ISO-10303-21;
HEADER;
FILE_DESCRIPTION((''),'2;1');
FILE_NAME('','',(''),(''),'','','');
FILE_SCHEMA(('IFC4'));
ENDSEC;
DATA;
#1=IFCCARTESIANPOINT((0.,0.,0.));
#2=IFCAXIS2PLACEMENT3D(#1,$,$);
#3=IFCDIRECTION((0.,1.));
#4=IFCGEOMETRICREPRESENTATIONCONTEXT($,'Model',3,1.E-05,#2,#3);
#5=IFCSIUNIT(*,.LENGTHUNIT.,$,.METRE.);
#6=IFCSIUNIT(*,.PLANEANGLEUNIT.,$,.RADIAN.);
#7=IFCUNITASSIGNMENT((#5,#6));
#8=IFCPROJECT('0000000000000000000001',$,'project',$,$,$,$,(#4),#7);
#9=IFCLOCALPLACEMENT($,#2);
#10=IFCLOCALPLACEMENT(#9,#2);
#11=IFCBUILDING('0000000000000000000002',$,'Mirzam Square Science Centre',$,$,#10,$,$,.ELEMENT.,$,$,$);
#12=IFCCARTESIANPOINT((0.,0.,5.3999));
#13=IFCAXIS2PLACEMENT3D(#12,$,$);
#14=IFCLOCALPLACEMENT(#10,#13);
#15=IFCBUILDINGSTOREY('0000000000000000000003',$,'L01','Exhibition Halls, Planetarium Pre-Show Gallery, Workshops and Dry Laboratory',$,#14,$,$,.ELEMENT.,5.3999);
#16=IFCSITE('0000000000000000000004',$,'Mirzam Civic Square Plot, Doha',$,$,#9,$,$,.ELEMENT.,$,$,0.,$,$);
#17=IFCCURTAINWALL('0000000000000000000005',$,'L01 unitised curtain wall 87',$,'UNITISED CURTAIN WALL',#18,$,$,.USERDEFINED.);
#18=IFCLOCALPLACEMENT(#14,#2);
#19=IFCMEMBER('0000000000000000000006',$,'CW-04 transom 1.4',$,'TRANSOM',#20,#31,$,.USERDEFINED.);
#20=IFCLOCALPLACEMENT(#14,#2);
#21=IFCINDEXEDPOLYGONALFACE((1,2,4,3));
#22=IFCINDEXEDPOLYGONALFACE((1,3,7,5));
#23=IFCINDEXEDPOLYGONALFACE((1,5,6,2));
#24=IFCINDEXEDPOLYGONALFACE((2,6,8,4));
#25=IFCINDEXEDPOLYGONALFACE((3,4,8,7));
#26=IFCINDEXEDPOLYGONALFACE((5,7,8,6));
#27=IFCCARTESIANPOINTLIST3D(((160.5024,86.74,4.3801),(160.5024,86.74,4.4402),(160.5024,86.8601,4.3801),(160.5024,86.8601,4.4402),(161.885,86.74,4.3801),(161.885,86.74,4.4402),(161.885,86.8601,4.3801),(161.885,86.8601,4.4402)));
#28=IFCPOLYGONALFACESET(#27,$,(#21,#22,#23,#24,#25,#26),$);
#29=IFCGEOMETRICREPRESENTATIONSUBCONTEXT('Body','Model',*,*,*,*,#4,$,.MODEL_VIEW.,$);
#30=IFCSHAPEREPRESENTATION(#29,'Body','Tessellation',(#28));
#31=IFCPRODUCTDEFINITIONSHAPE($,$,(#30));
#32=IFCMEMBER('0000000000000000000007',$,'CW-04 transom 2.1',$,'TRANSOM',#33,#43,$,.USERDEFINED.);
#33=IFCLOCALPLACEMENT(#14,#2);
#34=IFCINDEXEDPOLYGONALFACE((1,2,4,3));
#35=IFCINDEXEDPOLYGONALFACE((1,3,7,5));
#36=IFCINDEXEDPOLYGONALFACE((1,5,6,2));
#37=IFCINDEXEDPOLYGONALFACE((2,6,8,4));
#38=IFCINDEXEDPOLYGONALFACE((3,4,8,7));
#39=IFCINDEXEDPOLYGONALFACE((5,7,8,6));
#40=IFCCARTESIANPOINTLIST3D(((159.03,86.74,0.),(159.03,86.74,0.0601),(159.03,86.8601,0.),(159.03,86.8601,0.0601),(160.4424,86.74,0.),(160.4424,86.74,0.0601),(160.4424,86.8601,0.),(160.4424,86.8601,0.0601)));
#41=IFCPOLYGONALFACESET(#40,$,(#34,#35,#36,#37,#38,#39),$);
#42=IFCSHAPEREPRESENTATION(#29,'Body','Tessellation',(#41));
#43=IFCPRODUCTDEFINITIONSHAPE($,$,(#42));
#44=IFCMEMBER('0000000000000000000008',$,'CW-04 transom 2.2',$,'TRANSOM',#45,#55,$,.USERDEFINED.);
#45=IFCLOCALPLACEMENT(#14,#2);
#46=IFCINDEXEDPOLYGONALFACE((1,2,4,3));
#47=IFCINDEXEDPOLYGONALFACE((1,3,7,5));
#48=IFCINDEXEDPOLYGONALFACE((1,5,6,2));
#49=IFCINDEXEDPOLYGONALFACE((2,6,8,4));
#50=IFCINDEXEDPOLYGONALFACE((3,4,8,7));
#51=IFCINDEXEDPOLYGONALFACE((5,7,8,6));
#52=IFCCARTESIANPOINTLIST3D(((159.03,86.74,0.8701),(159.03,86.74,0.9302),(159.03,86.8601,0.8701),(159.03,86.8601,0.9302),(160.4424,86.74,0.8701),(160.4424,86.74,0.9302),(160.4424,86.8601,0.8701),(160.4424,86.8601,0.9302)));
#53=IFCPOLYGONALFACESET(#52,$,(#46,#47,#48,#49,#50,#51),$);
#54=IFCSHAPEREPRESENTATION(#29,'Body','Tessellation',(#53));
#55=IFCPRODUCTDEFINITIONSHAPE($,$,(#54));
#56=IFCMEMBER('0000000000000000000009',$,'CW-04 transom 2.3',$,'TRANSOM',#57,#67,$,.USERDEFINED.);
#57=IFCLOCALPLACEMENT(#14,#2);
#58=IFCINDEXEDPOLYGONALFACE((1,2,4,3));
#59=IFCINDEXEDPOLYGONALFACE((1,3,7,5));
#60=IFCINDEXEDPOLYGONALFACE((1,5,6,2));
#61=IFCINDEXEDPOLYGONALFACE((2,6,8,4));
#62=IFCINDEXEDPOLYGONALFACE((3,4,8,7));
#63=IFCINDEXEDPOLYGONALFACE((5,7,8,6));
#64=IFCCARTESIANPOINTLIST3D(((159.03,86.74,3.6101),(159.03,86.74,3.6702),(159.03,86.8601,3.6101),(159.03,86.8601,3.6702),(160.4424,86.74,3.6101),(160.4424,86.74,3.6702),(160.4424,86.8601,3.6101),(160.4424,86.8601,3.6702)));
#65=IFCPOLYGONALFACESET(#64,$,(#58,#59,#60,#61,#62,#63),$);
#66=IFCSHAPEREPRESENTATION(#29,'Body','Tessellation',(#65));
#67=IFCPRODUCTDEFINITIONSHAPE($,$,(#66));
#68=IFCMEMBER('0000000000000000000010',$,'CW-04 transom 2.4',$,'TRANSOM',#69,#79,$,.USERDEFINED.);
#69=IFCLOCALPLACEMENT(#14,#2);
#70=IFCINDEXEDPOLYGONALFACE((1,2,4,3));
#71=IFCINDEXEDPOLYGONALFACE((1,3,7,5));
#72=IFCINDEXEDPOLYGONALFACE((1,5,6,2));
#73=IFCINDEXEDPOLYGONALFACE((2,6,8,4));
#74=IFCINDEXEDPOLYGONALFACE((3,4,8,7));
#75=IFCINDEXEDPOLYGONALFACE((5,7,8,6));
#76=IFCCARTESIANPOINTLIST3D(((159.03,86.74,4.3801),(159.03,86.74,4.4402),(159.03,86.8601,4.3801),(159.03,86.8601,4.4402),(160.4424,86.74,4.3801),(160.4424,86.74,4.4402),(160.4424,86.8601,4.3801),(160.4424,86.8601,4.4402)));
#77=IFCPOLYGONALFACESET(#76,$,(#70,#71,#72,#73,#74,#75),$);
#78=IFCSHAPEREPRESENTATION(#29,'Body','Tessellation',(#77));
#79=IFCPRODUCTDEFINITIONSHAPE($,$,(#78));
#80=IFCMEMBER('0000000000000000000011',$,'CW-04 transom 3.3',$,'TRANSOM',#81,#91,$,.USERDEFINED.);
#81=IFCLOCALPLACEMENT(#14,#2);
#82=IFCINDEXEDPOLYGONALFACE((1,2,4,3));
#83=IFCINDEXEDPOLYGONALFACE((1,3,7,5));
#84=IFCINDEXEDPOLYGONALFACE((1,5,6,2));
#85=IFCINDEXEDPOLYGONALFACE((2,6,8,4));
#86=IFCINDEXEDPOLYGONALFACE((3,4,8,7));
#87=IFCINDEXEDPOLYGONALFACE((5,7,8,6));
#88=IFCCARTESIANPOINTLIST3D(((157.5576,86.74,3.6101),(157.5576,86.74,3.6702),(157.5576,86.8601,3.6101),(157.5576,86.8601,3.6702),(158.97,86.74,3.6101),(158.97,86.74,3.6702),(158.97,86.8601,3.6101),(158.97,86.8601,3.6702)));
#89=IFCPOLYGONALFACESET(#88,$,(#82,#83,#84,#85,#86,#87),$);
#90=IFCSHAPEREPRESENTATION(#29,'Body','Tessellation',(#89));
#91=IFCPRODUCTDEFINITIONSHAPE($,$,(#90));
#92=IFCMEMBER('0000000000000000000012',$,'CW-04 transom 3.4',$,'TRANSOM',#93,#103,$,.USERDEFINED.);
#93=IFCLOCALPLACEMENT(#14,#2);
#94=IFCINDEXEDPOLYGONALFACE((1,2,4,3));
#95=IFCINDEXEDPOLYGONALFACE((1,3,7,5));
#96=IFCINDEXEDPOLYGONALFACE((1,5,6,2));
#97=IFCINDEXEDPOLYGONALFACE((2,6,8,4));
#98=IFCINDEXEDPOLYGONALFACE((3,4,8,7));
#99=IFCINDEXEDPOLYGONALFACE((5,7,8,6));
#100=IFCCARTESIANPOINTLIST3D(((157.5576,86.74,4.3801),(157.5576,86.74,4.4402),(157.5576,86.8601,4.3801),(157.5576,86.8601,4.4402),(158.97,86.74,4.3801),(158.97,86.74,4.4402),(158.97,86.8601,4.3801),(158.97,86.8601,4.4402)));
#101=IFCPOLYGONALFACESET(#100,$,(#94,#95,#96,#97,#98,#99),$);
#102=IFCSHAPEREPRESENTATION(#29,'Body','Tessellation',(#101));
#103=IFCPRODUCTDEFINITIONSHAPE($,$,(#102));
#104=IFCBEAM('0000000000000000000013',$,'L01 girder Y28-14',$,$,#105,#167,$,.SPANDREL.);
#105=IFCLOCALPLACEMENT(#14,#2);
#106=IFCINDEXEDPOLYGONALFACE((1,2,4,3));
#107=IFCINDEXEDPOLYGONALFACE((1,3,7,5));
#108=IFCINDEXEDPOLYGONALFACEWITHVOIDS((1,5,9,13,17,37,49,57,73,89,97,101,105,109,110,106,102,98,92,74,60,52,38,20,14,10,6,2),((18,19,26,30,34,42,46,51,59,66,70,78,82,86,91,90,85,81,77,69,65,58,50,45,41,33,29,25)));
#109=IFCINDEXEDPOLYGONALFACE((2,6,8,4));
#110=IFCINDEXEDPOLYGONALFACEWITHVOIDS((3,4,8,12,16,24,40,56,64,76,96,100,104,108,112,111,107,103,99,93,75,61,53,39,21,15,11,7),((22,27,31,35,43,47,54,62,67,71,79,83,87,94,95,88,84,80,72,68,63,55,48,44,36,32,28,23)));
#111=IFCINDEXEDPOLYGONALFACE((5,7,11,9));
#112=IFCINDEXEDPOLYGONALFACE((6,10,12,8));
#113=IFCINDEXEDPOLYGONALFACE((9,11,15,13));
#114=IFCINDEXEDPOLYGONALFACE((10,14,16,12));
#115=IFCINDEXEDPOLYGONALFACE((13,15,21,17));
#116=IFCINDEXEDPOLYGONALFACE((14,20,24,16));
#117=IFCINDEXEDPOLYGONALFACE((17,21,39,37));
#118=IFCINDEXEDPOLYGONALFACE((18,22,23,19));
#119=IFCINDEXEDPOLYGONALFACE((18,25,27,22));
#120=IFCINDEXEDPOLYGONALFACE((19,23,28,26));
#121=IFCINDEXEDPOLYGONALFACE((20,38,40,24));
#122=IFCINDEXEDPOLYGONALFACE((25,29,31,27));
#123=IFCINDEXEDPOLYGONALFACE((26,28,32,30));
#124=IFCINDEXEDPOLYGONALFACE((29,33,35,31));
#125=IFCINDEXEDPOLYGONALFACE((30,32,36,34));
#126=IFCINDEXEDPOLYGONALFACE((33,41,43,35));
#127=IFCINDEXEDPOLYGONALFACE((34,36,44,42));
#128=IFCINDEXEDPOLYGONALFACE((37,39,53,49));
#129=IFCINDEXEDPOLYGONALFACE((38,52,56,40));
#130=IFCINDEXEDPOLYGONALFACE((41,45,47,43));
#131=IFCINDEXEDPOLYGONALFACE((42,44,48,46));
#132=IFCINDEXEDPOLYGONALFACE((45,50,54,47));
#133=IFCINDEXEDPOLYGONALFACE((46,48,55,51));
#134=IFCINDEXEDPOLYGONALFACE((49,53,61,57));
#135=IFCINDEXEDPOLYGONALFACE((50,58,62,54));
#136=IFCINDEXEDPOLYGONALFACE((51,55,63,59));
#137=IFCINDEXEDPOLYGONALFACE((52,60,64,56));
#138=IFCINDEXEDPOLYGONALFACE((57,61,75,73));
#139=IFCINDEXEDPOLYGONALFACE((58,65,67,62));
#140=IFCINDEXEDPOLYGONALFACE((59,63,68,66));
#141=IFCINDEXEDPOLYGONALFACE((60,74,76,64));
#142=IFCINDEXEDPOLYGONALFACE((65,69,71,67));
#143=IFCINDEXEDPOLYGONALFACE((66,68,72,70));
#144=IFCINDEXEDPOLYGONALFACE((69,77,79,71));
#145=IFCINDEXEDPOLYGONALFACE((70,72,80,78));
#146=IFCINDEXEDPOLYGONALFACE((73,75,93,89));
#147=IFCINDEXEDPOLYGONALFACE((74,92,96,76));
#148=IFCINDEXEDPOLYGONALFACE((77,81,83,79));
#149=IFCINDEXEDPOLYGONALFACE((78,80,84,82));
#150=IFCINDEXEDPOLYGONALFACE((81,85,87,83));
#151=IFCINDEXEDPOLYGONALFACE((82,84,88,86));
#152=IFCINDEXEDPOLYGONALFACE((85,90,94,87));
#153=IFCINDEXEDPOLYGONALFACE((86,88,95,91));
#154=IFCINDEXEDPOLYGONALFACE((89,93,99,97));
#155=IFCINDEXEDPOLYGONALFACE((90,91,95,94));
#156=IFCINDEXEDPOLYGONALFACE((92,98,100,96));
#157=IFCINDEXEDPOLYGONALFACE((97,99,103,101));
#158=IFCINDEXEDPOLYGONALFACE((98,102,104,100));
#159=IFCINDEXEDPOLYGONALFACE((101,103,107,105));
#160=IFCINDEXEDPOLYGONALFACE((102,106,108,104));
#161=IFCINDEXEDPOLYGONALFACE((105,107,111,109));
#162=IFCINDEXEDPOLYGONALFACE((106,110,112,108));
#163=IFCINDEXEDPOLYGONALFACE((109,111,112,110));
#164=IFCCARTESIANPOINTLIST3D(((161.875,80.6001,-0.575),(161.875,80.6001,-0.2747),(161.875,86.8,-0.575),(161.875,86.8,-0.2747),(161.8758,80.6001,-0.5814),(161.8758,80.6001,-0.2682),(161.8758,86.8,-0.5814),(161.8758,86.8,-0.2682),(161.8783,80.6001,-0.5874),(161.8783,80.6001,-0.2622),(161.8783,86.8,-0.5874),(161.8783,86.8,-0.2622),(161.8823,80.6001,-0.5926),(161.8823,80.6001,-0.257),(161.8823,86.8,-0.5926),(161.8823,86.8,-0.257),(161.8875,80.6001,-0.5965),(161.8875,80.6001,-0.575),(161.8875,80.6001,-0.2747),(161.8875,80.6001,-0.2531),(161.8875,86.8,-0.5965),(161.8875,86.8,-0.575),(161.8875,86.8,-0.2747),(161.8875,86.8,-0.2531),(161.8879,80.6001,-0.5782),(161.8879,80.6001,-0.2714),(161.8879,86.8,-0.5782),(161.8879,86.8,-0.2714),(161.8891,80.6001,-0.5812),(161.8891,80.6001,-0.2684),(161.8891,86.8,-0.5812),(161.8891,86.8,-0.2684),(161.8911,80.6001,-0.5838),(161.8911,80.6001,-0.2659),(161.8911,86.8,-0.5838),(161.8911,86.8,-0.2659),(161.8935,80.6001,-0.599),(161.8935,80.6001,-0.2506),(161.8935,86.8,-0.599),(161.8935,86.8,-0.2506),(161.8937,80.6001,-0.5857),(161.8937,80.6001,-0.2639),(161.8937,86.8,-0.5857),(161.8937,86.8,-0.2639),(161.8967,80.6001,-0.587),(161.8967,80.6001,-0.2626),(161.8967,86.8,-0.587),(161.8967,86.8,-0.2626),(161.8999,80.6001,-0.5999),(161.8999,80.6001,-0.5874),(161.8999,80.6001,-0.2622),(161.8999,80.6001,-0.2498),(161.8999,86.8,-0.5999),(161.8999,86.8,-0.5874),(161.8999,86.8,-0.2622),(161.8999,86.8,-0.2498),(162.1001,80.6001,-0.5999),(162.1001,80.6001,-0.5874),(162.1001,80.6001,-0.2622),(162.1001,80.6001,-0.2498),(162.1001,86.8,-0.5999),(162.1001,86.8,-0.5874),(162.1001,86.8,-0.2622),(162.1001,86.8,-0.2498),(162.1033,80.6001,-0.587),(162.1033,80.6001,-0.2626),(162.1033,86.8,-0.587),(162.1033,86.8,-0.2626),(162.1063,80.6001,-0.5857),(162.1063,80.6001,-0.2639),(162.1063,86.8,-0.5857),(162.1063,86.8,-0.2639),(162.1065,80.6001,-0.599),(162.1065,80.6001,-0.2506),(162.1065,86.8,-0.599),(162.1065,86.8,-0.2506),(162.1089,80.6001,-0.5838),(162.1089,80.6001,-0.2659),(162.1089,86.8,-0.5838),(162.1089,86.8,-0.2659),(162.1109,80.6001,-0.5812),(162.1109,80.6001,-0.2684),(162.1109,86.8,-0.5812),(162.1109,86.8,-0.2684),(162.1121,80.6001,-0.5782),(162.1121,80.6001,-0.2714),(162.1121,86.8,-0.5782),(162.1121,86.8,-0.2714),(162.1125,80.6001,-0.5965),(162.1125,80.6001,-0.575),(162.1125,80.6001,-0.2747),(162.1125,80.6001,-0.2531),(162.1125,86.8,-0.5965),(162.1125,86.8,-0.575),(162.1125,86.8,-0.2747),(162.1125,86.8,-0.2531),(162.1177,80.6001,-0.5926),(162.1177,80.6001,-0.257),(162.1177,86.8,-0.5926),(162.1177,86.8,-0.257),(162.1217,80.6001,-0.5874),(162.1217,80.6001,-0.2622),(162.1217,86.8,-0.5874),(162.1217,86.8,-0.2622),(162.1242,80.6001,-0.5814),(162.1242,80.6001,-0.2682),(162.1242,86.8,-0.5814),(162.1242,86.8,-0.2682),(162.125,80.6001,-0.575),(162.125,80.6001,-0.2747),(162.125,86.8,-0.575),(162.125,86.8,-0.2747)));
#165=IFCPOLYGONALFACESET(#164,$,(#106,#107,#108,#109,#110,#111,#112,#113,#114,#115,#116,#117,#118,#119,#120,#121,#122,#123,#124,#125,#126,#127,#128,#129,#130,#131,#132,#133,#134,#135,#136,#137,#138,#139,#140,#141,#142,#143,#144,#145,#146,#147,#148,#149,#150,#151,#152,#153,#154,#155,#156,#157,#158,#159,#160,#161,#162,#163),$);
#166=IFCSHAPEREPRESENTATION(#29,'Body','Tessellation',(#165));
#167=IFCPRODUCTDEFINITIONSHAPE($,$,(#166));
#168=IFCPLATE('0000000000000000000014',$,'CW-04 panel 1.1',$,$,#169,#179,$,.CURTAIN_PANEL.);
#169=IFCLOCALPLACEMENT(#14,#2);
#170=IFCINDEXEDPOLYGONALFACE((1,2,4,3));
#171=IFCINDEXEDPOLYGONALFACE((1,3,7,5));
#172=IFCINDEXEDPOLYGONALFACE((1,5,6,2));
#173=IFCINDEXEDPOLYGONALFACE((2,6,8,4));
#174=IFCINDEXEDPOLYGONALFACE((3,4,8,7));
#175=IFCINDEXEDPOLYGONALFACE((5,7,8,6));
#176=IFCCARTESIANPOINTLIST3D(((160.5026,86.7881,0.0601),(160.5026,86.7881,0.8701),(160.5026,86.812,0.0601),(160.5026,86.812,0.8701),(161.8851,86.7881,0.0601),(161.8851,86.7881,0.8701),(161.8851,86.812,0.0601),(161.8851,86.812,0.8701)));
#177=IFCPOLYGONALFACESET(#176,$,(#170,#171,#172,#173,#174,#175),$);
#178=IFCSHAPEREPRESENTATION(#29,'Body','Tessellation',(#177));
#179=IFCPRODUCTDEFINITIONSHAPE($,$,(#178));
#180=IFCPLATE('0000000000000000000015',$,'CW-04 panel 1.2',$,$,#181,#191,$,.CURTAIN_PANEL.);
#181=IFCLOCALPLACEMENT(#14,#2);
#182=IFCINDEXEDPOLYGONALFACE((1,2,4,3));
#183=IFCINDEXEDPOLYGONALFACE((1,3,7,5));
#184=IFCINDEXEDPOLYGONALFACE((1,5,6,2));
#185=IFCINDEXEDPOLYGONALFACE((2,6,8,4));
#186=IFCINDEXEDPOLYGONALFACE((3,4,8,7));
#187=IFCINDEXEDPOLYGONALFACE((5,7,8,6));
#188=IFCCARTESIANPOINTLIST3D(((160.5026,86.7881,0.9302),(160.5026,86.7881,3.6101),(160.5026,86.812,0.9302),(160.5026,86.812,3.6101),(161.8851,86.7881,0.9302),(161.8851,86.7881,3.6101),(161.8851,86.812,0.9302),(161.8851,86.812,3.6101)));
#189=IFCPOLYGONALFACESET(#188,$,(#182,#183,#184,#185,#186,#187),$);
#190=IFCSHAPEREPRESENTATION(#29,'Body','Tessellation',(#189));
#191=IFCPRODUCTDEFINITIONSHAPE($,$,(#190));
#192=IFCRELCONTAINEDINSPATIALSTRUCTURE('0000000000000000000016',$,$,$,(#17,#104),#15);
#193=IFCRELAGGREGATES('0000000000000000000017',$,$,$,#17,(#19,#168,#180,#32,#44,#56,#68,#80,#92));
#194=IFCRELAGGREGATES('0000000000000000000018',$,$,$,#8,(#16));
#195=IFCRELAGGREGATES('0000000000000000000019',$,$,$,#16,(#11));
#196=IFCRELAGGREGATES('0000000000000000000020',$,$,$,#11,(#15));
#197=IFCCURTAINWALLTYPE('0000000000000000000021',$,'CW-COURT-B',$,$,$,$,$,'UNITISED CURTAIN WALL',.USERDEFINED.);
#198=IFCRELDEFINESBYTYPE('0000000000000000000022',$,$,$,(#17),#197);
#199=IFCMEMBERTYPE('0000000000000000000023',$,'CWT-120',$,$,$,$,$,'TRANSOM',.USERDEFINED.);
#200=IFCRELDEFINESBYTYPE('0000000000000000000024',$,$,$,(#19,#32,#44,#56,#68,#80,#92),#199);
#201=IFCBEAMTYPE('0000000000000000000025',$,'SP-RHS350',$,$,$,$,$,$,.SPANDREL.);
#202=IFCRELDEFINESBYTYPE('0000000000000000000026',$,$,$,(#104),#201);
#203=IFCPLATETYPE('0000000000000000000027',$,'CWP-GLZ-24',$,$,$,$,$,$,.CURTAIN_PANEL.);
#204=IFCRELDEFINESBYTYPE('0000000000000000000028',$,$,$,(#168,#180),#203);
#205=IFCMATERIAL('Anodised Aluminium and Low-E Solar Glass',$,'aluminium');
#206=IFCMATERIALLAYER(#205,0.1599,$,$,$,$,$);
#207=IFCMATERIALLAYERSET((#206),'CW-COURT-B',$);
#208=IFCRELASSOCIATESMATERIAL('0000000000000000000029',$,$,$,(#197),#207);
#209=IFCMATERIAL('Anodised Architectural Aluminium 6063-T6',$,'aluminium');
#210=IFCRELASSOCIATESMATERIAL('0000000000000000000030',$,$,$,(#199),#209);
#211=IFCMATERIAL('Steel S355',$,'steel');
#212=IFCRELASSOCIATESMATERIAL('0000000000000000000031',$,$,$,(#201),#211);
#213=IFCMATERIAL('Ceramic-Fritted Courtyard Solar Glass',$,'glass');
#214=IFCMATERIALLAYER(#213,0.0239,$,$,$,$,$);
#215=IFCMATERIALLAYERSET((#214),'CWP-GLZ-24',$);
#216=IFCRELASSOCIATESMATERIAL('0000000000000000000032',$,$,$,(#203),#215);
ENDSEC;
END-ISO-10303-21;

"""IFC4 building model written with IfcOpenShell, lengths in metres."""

from ifc_helpers import new_model, si_unit, direction, frame, origin, origin_2d, place, context, subcontext, project, spatial, rectangle, hollow_rectangle, extrude, material, layer, layer_set, material_profile, profile_set, type_object, element, aggregate, save


model = new_model("IFC4")

# Units and contexts
model_context = context("Model", 3, precision=1e-05, world=origin(), true_north=direction((0.0, 1.0)))
body_context = subcontext(model_context, "Body", "Model", "MODEL_VIEW")
ifc_project = project(units=[si_unit("LENGTHUNIT", "METRE"), si_unit("PLANEANGLEUNIT", "RADIAN")], contexts=[model_context])

# Site, building, storey
site_placement = place(None, origin())
site = spatial("IfcSite", under=ifc_project, at=site_placement, Name="Mirzam Civic Square Plot, Doha", CompositionType="ELEMENT", RefElevation=0.0)
building_placement = place(site_placement, origin())
building = spatial("IfcBuilding", under=site, at=building_placement, Name="Mirzam Square Science Centre", CompositionType="ELEMENT")
storey_placement = place(building_placement, frame((0.0, 0.0, 5.3999)))
storey = spatial("IfcBuildingStorey", under=building, at=storey_placement, Name="L01", Description="Exhibition Halls, Planetarium Pre-Show Gallery, Workshops and Dry Laboratory", CompositionType="ELEMENT", Elevation=5.3999)

# Shared definitions
ifc_material_1 = material(Name="Steel S355", Category="steel")

# Curtain wall, members
ifc_material_2 = material(Name="Anodised Aluminium and Low-E Solar Glass", Category="aluminium")
ifc_layer_1 = layer(ifc_material_2, 0.1599)
ifc_layer_set_1 = layer_set([ifc_layer_1], Name="CW-COURT-B")
curtain_wall_type = type_object("IfcCurtainWallType", Name="CW-COURT-B", ElementType="UNITISED CURTAIN WALL", PredefinedType="USERDEFINED", material=ifc_layer_set_1)
curtain_wall_placement = place(storey_placement, origin())
curtain_wall = element("IfcCurtainWall", 1, at=curtain_wall_placement, inside=storey, type_object=curtain_wall_type, Name="L01 unitised curtain wall 87", ObjectType="UNITISED CURTAIN WALL", PredefinedType="USERDEFINED")
ifc_material_3 = material(Name="Anodised Architectural Aluminium 6063-T6", Category="aluminium")
ifc_material_profile_1 = material_profile(ifc_material_3, rectangle(XDim=0.1201, YDim=0.0601, at=origin_2d()), Name="ALU-TRAN-120x60x4")
ifc_profile_set_1 = profile_set([ifc_material_profile_1], Name="Anodised Architectural Aluminium 6063-T6")
member_type_1 = type_object("IfcMemberType", Name="CWT-120", ElementType="TRANSOM", PredefinedType="USERDEFINED", material=ifc_profile_set_1)
member_1_placement = place(storey_placement, frame((161.885, 86.8, 4.4102), z_axis=(-1.0, 0.0, 0.0), x_axis=(0.0, -1.0, 0.0)))
member_1 = element("IfcMember", 2, at=member_1_placement, type_object=member_type_1, Name="CW-04 transom 1.4", ObjectType="TRANSOM", PredefinedType="USERDEFINED", context=body_context, shape_type="SweptSolid", body=[
    extrude(rectangle(XDim=0.1201, YDim=0.0601, at=origin_2d()), origin(), (0.0, 0.0, 1.0), 1.3826),
])
member_2_placement = place(storey_placement, frame((160.4424, 86.8, 0.03), z_axis=(-1.0, 0.0, 0.0), x_axis=(0.0, -1.0, 0.0)))
member_2 = element("IfcMember", 3, at=member_2_placement, type_object=member_type_1, Name="CW-04 transom 2.1", ObjectType="TRANSOM", PredefinedType="USERDEFINED", context=body_context, shape_type="SweptSolid", body=[
    extrude(rectangle(XDim=0.1201, YDim=0.0601, at=origin_2d()), origin(), (0.0, 0.0, 1.0), 1.4124),
])
member_3_placement = place(storey_placement, frame((160.4424, 86.8, 0.9001), z_axis=(-1.0, 0.0, 0.0), x_axis=(0.0, -1.0, 0.0)))
member_3 = element("IfcMember", 4, at=member_3_placement, type_object=member_type_1, Name="CW-04 transom 2.2", ObjectType="TRANSOM", PredefinedType="USERDEFINED", context=body_context, shape_type="SweptSolid", body=[
    extrude(rectangle(XDim=0.1201, YDim=0.0601, at=origin_2d()), origin(), (0.0, 0.0, 1.0), 1.4124),
])
member_4_placement = place(storey_placement, frame((160.4424, 86.8, 3.6401), z_axis=(-1.0, 0.0, 0.0), x_axis=(0.0, -1.0, 0.0)))
member_4 = element("IfcMember", 5, at=member_4_placement, type_object=member_type_1, Name="CW-04 transom 2.3", ObjectType="TRANSOM", PredefinedType="USERDEFINED", context=body_context, shape_type="SweptSolid", body=[
    extrude(rectangle(XDim=0.1201, YDim=0.0601, at=origin_2d()), origin(), (0.0, 0.0, 1.0), 1.4124),
])
member_5_placement = place(storey_placement, frame((160.4424, 86.8, 4.4102), z_axis=(-1.0, 0.0, 0.0), x_axis=(0.0, -1.0, 0.0)))
member_5 = element("IfcMember", 6, at=member_5_placement, type_object=member_type_1, Name="CW-04 transom 2.4", ObjectType="TRANSOM", PredefinedType="USERDEFINED", context=body_context, shape_type="SweptSolid", body=[
    extrude(rectangle(XDim=0.1201, YDim=0.0601, at=origin_2d()), origin(), (0.0, 0.0, 1.0), 1.4124),
])
member_6_placement = place(storey_placement, frame((158.97, 86.8, 3.6401), z_axis=(-1.0, 0.0, 0.0), x_axis=(0.0, -1.0, 0.0)))
member_6 = element("IfcMember", 7, at=member_6_placement, type_object=member_type_1, Name="CW-04 transom 3.3", ObjectType="TRANSOM", PredefinedType="USERDEFINED", context=body_context, shape_type="SweptSolid", body=[
    extrude(rectangle(XDim=0.1201, YDim=0.0601, at=origin_2d()), origin(), (0.0, 0.0, 1.0), 1.4124),
])
member_7_placement = place(storey_placement, frame((158.97, 86.8, 4.4102), z_axis=(-1.0, 0.0, 0.0), x_axis=(0.0, -1.0, 0.0)))
member_7 = element("IfcMember", 8, at=member_7_placement, type_object=member_type_1, Name="CW-04 transom 3.4", ObjectType="TRANSOM", PredefinedType="USERDEFINED", context=body_context, shape_type="SweptSolid", body=[
    extrude(rectangle(XDim=0.1201, YDim=0.0601, at=origin_2d()), origin(), (0.0, 0.0, 1.0), 1.4124),
])

# Beam
ifc_material_profile_2 = material_profile(ifc_material_1, hollow_rectangle(XDim=0.25, YDim=0.3501, WallThickness=0.0125, InnerFilletRadius=0.0125, OuterFilletRadius=0.0249, at=origin_2d()), Name="350x250x12.5RHS")
ifc_profile_set_2 = profile_set([ifc_material_profile_2], Name="Steel S355")
beam_type = type_object("IfcBeamType", Name="SP-RHS350", PredefinedType="SPANDREL", material=ifc_profile_set_2)
beam_placement = place(storey_placement, frame((162.0, 80.6001, -0.4248), z_axis=(0.0, 1.0, 0.0), x_axis=(-1.0, 0.0, 0.0)))
element("IfcBeam", 9, at=beam_placement, inside=storey, type_object=beam_type, Name="L01 girder Y28-14", PredefinedType="SPANDREL", context=body_context, shape_type="SweptSolid", body=[
    extrude(hollow_rectangle(XDim=0.25, YDim=0.3501, WallThickness=0.0125, InnerFilletRadius=0.0125, OuterFilletRadius=0.0249, at=origin_2d()), origin(), (0.0, 0.0, 1.0), 6.2),
])

# Plates
ifc_material_4 = material(Name="Ceramic-Fritted Courtyard Solar Glass", Category="glass")
ifc_layer_2 = layer(ifc_material_4, 0.0239)
ifc_layer_set_2 = layer_set([ifc_layer_2], Name="CWP-GLZ-24")
plate_type = type_object("IfcPlateType", Name="CWP-GLZ-24", PredefinedType="CURTAIN_PANEL", material=ifc_layer_set_2)
plate_1_placement = place(storey_placement, frame((161.1938, 86.8, 0.0601), z_axis=(0.0, 0.0, 1.0), x_axis=(-1.0, 0.0, 0.0)))
plate_1 = element("IfcPlate", 10, at=plate_1_placement, type_object=plate_type, Name="CW-04 panel 1.1", PredefinedType="CURTAIN_PANEL", context=body_context, shape_type="SweptSolid", body=[
    extrude(rectangle(XDim=1.3826, YDim=0.0239, at=origin_2d()), origin(), (0.0, 0.0, 1.0), 0.8101),
])
plate_2_placement = place(storey_placement, frame((161.1938, 86.8, 0.9302), z_axis=(0.0, 0.0, 1.0), x_axis=(-1.0, 0.0, 0.0)))
plate_2 = element("IfcPlate", 11, at=plate_2_placement, type_object=plate_type, Name="CW-04 panel 1.2", PredefinedType="CURTAIN_PANEL", context=body_context, shape_type="SweptSolid", body=[
    extrude(rectangle(XDim=1.3826, YDim=0.0239, at=origin_2d()), origin(), (0.0, 0.0, 1.0), 2.6799),
])
aggregate(curtain_wall, [member_1, plate_1, plate_2, member_2, member_3, member_4, member_5, member_6, member_7])

save(model, "model.ifc")
